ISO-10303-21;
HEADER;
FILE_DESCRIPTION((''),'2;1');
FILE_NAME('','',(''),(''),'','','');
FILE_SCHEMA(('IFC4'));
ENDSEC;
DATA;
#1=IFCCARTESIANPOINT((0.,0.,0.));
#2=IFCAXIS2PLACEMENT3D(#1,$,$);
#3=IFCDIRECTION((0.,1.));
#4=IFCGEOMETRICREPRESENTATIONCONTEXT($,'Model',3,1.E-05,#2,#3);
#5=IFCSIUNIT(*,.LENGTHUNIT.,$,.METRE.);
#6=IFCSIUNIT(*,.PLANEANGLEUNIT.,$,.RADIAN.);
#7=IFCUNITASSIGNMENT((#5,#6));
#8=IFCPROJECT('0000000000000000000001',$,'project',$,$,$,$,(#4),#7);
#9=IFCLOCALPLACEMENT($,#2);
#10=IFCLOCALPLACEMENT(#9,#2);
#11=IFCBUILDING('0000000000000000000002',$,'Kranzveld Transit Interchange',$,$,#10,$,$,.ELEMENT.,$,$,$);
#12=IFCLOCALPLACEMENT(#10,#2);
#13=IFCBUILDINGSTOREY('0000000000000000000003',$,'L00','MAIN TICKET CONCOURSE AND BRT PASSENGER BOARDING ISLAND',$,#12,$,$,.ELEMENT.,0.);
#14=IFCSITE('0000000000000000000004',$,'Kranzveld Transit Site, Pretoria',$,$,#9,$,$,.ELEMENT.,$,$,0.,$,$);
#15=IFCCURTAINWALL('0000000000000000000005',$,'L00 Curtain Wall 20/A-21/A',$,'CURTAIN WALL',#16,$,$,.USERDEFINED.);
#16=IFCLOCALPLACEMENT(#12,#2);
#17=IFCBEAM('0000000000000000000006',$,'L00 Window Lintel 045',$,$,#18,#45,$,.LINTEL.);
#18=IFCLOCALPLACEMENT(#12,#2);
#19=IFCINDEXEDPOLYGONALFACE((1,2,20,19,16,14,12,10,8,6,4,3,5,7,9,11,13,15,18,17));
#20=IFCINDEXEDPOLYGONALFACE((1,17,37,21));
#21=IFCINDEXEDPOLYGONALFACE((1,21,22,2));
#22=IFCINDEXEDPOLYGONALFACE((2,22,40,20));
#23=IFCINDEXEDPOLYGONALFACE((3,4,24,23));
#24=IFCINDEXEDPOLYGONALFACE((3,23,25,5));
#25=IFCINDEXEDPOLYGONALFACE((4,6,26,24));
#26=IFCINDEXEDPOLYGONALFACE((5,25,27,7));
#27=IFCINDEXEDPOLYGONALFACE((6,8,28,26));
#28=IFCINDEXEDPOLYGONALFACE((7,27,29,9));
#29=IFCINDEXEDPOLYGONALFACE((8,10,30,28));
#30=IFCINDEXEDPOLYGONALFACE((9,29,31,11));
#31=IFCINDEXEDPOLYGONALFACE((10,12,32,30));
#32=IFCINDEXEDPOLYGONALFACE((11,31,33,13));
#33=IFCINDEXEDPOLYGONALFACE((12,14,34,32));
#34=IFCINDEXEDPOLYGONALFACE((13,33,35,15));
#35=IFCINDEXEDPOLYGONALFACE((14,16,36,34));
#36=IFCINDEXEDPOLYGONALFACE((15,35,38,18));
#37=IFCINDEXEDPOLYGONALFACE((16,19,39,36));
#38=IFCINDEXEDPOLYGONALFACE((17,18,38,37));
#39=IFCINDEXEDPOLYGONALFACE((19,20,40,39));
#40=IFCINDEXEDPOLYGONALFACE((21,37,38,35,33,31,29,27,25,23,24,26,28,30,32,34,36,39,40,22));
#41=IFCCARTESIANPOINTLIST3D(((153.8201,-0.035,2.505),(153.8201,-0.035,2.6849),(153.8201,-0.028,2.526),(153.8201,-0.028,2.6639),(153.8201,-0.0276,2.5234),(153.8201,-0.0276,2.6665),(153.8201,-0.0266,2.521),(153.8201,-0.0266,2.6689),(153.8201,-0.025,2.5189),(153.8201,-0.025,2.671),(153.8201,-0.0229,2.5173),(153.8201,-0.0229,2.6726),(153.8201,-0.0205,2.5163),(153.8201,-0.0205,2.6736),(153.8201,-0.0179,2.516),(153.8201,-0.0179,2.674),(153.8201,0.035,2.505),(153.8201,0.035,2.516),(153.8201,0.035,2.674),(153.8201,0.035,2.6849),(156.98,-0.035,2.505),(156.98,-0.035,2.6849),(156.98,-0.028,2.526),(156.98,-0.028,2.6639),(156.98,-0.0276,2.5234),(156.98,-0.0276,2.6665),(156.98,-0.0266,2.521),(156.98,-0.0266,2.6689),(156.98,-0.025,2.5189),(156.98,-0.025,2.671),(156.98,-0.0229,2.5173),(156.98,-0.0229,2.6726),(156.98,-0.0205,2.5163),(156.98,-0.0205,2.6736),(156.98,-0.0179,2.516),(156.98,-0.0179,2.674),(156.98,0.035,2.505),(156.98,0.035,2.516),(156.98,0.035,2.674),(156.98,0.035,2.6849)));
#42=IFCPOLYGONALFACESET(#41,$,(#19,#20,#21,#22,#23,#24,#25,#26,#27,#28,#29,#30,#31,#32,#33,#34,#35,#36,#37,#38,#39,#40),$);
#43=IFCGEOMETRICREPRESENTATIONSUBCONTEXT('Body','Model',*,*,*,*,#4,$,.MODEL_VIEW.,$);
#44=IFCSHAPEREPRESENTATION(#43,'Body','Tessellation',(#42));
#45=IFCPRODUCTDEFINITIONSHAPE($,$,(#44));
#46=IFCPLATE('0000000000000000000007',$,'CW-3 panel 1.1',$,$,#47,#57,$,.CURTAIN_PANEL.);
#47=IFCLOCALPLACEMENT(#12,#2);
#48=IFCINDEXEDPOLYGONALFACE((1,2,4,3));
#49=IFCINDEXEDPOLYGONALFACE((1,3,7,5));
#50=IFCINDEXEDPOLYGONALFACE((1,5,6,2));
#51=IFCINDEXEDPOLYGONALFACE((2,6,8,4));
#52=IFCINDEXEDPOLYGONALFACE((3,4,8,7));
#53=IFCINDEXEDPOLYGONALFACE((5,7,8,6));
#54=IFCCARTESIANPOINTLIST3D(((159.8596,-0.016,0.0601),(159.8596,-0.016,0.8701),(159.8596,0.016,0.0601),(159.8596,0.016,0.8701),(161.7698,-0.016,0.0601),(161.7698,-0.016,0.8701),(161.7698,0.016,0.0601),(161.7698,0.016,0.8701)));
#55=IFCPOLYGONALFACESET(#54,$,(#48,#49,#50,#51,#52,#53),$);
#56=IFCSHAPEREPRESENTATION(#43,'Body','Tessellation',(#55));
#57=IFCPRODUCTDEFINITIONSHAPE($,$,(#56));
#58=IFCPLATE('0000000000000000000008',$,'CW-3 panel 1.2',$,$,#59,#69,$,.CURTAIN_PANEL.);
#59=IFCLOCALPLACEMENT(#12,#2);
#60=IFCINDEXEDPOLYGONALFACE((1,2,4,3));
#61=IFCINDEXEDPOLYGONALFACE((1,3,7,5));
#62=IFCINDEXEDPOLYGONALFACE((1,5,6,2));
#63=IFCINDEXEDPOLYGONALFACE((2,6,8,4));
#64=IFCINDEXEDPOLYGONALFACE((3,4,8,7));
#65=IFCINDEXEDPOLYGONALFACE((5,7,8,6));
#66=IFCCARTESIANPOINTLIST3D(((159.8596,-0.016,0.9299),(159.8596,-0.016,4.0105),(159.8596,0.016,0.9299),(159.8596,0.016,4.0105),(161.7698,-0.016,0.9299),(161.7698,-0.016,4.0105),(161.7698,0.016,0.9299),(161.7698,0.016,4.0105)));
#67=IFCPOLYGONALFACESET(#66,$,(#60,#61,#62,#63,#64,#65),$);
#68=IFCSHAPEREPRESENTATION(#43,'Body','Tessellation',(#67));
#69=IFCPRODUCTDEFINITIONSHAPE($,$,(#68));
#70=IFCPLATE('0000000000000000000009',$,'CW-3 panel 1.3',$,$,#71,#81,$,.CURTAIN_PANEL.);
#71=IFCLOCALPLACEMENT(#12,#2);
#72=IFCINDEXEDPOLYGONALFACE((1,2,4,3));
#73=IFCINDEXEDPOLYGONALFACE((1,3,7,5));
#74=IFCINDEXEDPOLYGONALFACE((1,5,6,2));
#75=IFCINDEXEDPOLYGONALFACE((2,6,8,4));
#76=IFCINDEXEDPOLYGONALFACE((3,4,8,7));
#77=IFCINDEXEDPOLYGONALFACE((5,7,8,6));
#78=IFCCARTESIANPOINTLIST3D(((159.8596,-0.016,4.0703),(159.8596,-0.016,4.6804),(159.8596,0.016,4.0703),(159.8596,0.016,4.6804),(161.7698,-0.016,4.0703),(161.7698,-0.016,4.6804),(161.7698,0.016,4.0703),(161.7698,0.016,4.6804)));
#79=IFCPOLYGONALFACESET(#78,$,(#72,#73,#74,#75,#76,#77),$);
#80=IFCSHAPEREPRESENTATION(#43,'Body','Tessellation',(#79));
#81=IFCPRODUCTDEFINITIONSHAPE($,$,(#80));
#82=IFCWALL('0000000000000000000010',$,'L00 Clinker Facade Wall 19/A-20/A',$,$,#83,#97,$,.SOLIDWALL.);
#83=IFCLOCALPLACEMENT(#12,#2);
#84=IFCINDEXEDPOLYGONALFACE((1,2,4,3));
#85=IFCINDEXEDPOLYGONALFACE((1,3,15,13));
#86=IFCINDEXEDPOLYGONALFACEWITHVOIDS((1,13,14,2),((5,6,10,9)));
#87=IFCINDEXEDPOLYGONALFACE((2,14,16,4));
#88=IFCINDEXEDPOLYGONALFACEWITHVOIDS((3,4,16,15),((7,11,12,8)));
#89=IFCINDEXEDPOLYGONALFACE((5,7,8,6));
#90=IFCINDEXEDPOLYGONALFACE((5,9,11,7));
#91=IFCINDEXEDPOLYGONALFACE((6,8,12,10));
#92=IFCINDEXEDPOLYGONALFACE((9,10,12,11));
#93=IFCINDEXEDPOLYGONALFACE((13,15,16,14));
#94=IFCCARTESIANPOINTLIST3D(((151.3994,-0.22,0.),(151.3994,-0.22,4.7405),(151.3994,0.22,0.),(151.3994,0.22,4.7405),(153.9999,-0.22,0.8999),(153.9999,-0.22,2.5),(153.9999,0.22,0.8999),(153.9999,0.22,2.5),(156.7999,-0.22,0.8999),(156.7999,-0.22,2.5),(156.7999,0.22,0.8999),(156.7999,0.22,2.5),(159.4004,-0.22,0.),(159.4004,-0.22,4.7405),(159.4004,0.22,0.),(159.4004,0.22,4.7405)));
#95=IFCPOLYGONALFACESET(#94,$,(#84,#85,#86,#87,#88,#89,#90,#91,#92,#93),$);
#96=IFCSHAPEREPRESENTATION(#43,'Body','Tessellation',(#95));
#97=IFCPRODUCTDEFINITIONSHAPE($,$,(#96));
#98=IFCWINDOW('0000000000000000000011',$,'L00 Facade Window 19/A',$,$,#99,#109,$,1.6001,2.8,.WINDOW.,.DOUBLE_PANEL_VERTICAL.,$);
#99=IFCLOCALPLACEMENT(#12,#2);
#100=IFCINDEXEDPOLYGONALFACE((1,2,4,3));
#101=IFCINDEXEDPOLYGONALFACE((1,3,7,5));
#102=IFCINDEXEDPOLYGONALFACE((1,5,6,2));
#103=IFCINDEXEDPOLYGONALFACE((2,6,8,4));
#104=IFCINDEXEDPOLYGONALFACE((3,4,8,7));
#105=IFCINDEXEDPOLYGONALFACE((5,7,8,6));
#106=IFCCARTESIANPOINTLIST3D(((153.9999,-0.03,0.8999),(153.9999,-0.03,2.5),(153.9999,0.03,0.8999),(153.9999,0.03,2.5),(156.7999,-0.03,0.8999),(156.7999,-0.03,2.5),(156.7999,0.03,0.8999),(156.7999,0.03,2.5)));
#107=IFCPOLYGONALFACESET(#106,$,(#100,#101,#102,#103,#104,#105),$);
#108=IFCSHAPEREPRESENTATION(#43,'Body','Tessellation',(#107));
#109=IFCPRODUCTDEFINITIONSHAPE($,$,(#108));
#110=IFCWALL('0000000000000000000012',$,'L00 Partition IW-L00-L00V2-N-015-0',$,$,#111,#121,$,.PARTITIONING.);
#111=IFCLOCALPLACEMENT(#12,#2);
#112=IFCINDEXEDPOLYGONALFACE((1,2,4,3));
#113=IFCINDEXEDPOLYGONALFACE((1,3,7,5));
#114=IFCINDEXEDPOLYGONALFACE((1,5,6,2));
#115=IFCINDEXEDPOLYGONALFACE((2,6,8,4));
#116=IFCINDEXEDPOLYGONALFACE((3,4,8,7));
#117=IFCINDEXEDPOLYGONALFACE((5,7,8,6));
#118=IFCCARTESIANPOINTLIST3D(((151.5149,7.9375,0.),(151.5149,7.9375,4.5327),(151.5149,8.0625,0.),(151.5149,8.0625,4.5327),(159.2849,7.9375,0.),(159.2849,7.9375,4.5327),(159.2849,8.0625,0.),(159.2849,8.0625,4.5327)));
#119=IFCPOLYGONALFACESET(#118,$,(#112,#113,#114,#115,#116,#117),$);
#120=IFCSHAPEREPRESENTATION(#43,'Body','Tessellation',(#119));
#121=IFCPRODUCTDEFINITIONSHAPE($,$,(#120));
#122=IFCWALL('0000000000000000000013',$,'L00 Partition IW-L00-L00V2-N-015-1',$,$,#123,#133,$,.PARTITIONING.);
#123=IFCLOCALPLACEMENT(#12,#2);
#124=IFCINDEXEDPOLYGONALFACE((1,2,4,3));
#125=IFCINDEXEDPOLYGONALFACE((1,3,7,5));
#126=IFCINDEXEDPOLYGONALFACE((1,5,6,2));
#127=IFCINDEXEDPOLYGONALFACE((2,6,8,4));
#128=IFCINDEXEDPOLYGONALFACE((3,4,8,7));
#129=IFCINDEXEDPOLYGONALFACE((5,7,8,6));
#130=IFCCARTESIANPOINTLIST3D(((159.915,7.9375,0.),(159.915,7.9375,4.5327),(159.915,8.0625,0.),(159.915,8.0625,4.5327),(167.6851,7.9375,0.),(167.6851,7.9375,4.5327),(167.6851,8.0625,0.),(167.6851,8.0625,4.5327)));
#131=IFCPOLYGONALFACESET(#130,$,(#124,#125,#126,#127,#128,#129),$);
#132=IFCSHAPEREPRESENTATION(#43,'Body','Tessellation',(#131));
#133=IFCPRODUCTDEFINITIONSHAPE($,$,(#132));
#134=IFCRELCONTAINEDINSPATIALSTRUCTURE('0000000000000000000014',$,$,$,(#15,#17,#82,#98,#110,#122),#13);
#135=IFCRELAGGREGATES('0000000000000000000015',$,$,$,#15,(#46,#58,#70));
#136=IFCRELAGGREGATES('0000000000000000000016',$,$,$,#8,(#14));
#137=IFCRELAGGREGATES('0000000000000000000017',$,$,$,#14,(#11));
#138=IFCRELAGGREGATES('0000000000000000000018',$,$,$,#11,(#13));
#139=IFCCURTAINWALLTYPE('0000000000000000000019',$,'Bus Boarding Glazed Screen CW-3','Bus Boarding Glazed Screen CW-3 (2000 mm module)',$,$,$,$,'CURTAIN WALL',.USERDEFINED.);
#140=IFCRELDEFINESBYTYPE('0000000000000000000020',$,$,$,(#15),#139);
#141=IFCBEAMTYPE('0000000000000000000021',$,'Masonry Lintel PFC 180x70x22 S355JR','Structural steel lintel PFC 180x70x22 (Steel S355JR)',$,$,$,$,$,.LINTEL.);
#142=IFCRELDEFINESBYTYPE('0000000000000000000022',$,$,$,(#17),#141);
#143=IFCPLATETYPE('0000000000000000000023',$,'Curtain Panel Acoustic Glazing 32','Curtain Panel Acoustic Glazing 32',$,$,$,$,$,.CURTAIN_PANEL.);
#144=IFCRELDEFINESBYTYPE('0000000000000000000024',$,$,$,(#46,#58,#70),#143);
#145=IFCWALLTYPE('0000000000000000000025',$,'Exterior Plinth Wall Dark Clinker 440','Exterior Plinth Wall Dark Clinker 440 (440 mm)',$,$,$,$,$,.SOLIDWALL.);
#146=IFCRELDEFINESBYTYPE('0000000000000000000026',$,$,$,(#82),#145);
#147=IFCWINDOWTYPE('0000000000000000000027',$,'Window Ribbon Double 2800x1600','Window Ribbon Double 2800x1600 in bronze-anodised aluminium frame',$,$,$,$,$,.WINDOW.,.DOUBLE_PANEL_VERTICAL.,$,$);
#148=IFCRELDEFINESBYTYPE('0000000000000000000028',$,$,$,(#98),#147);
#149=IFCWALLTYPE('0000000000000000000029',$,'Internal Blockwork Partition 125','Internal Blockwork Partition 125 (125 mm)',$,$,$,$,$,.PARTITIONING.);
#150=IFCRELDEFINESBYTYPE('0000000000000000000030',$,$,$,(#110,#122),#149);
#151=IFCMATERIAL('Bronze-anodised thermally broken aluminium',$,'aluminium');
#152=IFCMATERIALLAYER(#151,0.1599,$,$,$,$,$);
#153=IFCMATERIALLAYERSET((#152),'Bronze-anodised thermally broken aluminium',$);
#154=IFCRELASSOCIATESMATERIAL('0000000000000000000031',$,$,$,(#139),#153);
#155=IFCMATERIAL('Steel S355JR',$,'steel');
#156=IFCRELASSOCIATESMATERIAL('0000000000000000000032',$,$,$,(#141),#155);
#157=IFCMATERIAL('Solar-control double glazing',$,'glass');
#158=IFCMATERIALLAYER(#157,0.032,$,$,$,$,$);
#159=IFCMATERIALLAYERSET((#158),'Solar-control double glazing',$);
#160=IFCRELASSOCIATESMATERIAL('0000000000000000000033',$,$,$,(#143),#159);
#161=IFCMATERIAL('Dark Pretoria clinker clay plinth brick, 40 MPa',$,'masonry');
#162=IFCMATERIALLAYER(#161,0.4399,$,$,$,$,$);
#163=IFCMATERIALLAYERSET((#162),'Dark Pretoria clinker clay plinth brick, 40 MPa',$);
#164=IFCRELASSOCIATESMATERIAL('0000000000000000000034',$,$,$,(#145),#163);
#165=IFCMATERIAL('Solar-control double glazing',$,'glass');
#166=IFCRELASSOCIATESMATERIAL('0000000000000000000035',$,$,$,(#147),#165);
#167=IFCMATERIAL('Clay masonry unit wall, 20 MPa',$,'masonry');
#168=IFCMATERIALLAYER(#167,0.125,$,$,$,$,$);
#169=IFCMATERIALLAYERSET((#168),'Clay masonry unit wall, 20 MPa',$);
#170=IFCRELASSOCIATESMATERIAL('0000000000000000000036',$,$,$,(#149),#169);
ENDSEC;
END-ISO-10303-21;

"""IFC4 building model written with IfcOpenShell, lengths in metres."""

from ifc_helpers import new_model, si_unit, direction, frame, frame_2d, origin, origin_2d, place, context, subcontext, project, spatial, rectangle, u_section, extrude, material, layer, layer_set, material_profile, profile_set, type_object, element, fill, aggregate, save


model = new_model("IFC4")

# Units and contexts
model_context = context("Model", 3, precision=1e-05, world=origin(), true_north=direction((0.0, 1.0)))
body_context = subcontext(model_context, "Body", "Model", "MODEL_VIEW")
ifc_project = project(units=[si_unit("LENGTHUNIT", "METRE"), si_unit("PLANEANGLEUNIT", "RADIAN")], contexts=[model_context])

# Site, building, storey
site_placement = place(None, origin())
site = spatial("IfcSite", under=ifc_project, at=site_placement, Name="Kranzveld Transit Site, Pretoria", CompositionType="ELEMENT", RefElevation=0.0)
building_placement = place(site_placement, origin())
building = spatial("IfcBuilding", under=site, at=building_placement, Name="Kranzveld Transit Interchange", CompositionType="ELEMENT")
storey_placement = place(building_placement, origin())
storey = spatial("IfcBuildingStorey", under=building, at=storey_placement, Name="L00", Description="MAIN TICKET CONCOURSE AND BRT PASSENGER BOARDING ISLAND", CompositionType="ELEMENT", Elevation=0.0)

# Curtain wall
ifc_material_1 = material(Name="Bronze-anodised thermally broken aluminium", Category="aluminium")
ifc_layer_1 = layer(ifc_material_1, 0.1599)
ifc_layer_set_1 = layer_set([ifc_layer_1], Name="Bronze-anodised thermally broken aluminium")
curtain_wall_type = type_object("IfcCurtainWallType", Name="Bus Boarding Glazed Screen CW-3", Description="Bus Boarding Glazed Screen CW-3 (2000 mm module)", ElementType="CURTAIN WALL", PredefinedType="USERDEFINED", material=ifc_layer_set_1)
curtain_wall_placement = place(storey_placement, origin())
curtain_wall = element("IfcCurtainWall", 1, at=curtain_wall_placement, inside=storey, type_object=curtain_wall_type, Name="L00 Curtain Wall 20/A-21/A", ObjectType="CURTAIN WALL", PredefinedType="USERDEFINED")

# Beam
ifc_material_2 = material(Name="Steel S355JR", Category="steel")
ifc_material_profile_1 = material_profile(ifc_material_2, u_section(Depth=0.1799, FlangeWidth=0.0701, WebThickness=0.0071, FlangeThickness=0.011, FilletRadius=0.01, at=origin_2d()), Name="PFC 180x70x22")
ifc_profile_set_1 = profile_set([ifc_material_profile_1], Name="Steel S355JR")
beam_type_1 = type_object("IfcBeamType", Name="Masonry Lintel PFC 180x70x22 S355JR", Description="Structural steel lintel PFC 180x70x22 (Steel S355JR)", PredefinedType="LINTEL", material=ifc_profile_set_1)
beam_placement = place(storey_placement, frame((153.8201, 0.0, 2.595), z_axis=(1.0, 0.0, 0.0), x_axis=(0.0, 1.0, 0.0)))
element("IfcBeam", 2, at=beam_placement, inside=storey, type_object=beam_type_1, Name="L00 Window Lintel 045", PredefinedType="LINTEL", context=body_context, shape_type="SweptSolid", body=[
    extrude(u_section(Depth=0.1799, FlangeWidth=0.0701, WebThickness=0.0071, FlangeThickness=0.011, FilletRadius=0.01, at=origin_2d()), origin(), (0.0, 0.0, 1.0), 3.1599),
])

# Plates
ifc_material_3 = material(Name="Solar-control double glazing", Category="glass")
ifc_layer_2 = layer(ifc_material_3, 0.032)
ifc_layer_set_2 = layer_set([ifc_layer_2], Name="Solar-control double glazing")
plate_type = type_object("IfcPlateType", Name="Curtain Panel Acoustic Glazing 32", Description="Curtain Panel Acoustic Glazing 32", PredefinedType="CURTAIN_PANEL", material=ifc_layer_set_2)
plate_1_placement = place(storey_placement, frame((160.8147, 0.0, 0.0601), z_axis=(0.0, 0.0, 1.0), x_axis=(1.0, 0.0, 0.0)))
plate_1 = element("IfcPlate", 3, at=plate_1_placement, type_object=plate_type, Name="CW-3 panel 1.1", PredefinedType="CURTAIN_PANEL", context=body_context, shape_type="SweptSolid", body=[
    extrude(rectangle(XDim=1.9102, YDim=0.032, at=origin_2d()), origin(), (0.0, 0.0, 1.0), 0.8101),
])
plate_2_placement = place(storey_placement, frame((160.8147, 0.0, 0.9299), z_axis=(0.0, 0.0, 1.0), x_axis=(1.0, 0.0, 0.0)))
plate_2 = element("IfcPlate", 4, at=plate_2_placement, type_object=plate_type, Name="CW-3 panel 1.2", PredefinedType="CURTAIN_PANEL", context=body_context, shape_type="SweptSolid", body=[
    extrude(rectangle(XDim=1.9102, YDim=0.032, at=origin_2d()), origin(), (0.0, 0.0, 1.0), 3.0806),
])
plate_3_placement = place(storey_placement, frame((160.8147, 0.0, 4.0703), z_axis=(0.0, 0.0, 1.0), x_axis=(1.0, 0.0, 0.0)))
plate_3 = element("IfcPlate", 5, at=plate_3_placement, type_object=plate_type, Name="CW-3 panel 1.3", PredefinedType="CURTAIN_PANEL", context=body_context, shape_type="SweptSolid", body=[
    extrude(rectangle(XDim=1.9102, YDim=0.032, at=origin_2d()), origin(), (0.0, 0.0, 1.0), 0.6101),
])
aggregate(curtain_wall, [plate_1, plate_2, plate_3])

# Wall, opening, window
ifc_material_4 = material(Name="Dark Pretoria clinker clay plinth brick, 40 MPa", Category="masonry")
ifc_layer_3 = layer(ifc_material_4, 0.4399)
ifc_layer_set_3 = layer_set([ifc_layer_3], Name="Dark Pretoria clinker clay plinth brick, 40 MPa")
wall_type_1 = type_object("IfcWallType", Name="Exterior Plinth Wall Dark Clinker 440", Description="Exterior Plinth Wall Dark Clinker 440 (440 mm)", PredefinedType="SOLIDWALL", material=ifc_layer_set_3)
wall_placement = place(storey_placement, frame((151.3994, 0.0, 0.0), z_axis=(0.0, 0.0, 1.0), x_axis=(1.0, 0.0, 0.0)))
wall = element("IfcWall", 6, at=wall_placement, inside=storey, type_object=wall_type_1, Name="L00 Clinker Facade Wall 19/A-20/A", PredefinedType="SOLIDWALL", context=body_context, shape_type="SweptSolid", body=[
    extrude(rectangle(XDim=8.001, YDim=0.4399, at=frame_2d((4.0005, 0.0))), origin(), (0.0, 0.0, 1.0), 4.7405),
])
opening_placement = place(wall_placement, frame((2.6006, 0.0, 0.8999), z_axis=(0.0, 0.0, 1.0), x_axis=(1.0, 0.0, 0.0)))
opening = element("IfcOpeningElement", 7, at=opening_placement, cuts=wall, PredefinedType="OPENING", context=body_context, shape_type="SweptSolid", body=[
    extrude(rectangle(XDim=2.8, YDim=1.6001, at=frame_2d((1.3999, 0.8))), frame((0.0, 0.23, 0.0), z_axis=(0.0, -1.0, 0.0), x_axis=(1.0, 0.0, 0.0)), (0.0, 0.0, 1.0), 0.46),
])
ifc_material_5 = material(Name="Solar-control double glazing", Category="glass")
window_type = type_object("IfcWindowType", Name="Window Ribbon Double 2800x1600", Description="Window Ribbon Double 2800x1600 in bronze-anodised aluminium frame", PartitioningType="DOUBLE_PANEL_VERTICAL", PredefinedType="WINDOW", material=ifc_material_5)
window_placement = place(opening_placement, origin())
window = element("IfcWindow", 8, at=window_placement, inside=storey, type_object=window_type, Name="L00 Facade Window 19/A", OverallHeight=1.6001, OverallWidth=2.8, PartitioningType="DOUBLE_PANEL_VERTICAL", PredefinedType="WINDOW", context=body_context, shape_type="SweptSolid", body=[
    extrude(rectangle(XDim=2.8, YDim=1.6001, at=frame_2d((1.3999, 0.8))), frame((0.0, 0.03, 0.0), z_axis=(0.0, -1.0, 0.0), x_axis=(1.0, 0.0, 0.0)), (0.0, 0.0, 1.0), 0.0601),
])
fill(opening, window)

# Walls
ifc_material_6 = material(Name="Clay masonry unit wall, 20 MPa", Category="masonry")
ifc_layer_4 = layer(ifc_material_6, 0.125)
ifc_layer_set_4 = layer_set([ifc_layer_4], Name="Clay masonry unit wall, 20 MPa")
wall_type_2 = type_object("IfcWallType", Name="Internal Blockwork Partition 125", Description="Internal Blockwork Partition 125 (125 mm)", PredefinedType="PARTITIONING", material=ifc_layer_set_4)
for number, where, z_axis, x_axis, name in (
    (9, (151.5149, 8.0, 0.0), (0.0, 0.0, 1.0), (1.0, 0.0, 0.0), "L00 Partition IW-L00-L00V2-N-015-0"),
    (10, (159.915, 8.0, 0.0), (0.0, 0.0, 1.0), (1.0, 0.0, 0.0), "L00 Partition IW-L00-L00V2-N-015-1"),
):
    element("IfcWall", number, at=place(storey_placement, frame(where, z_axis=z_axis, x_axis=x_axis)), inside=storey, type_object=wall_type_2, Name=name, PredefinedType="PARTITIONING", context=body_context, shape_type="SweptSolid", body=[
        extrude(rectangle(XDim=7.77, YDim=0.125, at=frame_2d((3.885, 0.0))), origin(), (0.0, 0.0, 1.0), 4.5327),
    ])

save(model, "model.ifc")
